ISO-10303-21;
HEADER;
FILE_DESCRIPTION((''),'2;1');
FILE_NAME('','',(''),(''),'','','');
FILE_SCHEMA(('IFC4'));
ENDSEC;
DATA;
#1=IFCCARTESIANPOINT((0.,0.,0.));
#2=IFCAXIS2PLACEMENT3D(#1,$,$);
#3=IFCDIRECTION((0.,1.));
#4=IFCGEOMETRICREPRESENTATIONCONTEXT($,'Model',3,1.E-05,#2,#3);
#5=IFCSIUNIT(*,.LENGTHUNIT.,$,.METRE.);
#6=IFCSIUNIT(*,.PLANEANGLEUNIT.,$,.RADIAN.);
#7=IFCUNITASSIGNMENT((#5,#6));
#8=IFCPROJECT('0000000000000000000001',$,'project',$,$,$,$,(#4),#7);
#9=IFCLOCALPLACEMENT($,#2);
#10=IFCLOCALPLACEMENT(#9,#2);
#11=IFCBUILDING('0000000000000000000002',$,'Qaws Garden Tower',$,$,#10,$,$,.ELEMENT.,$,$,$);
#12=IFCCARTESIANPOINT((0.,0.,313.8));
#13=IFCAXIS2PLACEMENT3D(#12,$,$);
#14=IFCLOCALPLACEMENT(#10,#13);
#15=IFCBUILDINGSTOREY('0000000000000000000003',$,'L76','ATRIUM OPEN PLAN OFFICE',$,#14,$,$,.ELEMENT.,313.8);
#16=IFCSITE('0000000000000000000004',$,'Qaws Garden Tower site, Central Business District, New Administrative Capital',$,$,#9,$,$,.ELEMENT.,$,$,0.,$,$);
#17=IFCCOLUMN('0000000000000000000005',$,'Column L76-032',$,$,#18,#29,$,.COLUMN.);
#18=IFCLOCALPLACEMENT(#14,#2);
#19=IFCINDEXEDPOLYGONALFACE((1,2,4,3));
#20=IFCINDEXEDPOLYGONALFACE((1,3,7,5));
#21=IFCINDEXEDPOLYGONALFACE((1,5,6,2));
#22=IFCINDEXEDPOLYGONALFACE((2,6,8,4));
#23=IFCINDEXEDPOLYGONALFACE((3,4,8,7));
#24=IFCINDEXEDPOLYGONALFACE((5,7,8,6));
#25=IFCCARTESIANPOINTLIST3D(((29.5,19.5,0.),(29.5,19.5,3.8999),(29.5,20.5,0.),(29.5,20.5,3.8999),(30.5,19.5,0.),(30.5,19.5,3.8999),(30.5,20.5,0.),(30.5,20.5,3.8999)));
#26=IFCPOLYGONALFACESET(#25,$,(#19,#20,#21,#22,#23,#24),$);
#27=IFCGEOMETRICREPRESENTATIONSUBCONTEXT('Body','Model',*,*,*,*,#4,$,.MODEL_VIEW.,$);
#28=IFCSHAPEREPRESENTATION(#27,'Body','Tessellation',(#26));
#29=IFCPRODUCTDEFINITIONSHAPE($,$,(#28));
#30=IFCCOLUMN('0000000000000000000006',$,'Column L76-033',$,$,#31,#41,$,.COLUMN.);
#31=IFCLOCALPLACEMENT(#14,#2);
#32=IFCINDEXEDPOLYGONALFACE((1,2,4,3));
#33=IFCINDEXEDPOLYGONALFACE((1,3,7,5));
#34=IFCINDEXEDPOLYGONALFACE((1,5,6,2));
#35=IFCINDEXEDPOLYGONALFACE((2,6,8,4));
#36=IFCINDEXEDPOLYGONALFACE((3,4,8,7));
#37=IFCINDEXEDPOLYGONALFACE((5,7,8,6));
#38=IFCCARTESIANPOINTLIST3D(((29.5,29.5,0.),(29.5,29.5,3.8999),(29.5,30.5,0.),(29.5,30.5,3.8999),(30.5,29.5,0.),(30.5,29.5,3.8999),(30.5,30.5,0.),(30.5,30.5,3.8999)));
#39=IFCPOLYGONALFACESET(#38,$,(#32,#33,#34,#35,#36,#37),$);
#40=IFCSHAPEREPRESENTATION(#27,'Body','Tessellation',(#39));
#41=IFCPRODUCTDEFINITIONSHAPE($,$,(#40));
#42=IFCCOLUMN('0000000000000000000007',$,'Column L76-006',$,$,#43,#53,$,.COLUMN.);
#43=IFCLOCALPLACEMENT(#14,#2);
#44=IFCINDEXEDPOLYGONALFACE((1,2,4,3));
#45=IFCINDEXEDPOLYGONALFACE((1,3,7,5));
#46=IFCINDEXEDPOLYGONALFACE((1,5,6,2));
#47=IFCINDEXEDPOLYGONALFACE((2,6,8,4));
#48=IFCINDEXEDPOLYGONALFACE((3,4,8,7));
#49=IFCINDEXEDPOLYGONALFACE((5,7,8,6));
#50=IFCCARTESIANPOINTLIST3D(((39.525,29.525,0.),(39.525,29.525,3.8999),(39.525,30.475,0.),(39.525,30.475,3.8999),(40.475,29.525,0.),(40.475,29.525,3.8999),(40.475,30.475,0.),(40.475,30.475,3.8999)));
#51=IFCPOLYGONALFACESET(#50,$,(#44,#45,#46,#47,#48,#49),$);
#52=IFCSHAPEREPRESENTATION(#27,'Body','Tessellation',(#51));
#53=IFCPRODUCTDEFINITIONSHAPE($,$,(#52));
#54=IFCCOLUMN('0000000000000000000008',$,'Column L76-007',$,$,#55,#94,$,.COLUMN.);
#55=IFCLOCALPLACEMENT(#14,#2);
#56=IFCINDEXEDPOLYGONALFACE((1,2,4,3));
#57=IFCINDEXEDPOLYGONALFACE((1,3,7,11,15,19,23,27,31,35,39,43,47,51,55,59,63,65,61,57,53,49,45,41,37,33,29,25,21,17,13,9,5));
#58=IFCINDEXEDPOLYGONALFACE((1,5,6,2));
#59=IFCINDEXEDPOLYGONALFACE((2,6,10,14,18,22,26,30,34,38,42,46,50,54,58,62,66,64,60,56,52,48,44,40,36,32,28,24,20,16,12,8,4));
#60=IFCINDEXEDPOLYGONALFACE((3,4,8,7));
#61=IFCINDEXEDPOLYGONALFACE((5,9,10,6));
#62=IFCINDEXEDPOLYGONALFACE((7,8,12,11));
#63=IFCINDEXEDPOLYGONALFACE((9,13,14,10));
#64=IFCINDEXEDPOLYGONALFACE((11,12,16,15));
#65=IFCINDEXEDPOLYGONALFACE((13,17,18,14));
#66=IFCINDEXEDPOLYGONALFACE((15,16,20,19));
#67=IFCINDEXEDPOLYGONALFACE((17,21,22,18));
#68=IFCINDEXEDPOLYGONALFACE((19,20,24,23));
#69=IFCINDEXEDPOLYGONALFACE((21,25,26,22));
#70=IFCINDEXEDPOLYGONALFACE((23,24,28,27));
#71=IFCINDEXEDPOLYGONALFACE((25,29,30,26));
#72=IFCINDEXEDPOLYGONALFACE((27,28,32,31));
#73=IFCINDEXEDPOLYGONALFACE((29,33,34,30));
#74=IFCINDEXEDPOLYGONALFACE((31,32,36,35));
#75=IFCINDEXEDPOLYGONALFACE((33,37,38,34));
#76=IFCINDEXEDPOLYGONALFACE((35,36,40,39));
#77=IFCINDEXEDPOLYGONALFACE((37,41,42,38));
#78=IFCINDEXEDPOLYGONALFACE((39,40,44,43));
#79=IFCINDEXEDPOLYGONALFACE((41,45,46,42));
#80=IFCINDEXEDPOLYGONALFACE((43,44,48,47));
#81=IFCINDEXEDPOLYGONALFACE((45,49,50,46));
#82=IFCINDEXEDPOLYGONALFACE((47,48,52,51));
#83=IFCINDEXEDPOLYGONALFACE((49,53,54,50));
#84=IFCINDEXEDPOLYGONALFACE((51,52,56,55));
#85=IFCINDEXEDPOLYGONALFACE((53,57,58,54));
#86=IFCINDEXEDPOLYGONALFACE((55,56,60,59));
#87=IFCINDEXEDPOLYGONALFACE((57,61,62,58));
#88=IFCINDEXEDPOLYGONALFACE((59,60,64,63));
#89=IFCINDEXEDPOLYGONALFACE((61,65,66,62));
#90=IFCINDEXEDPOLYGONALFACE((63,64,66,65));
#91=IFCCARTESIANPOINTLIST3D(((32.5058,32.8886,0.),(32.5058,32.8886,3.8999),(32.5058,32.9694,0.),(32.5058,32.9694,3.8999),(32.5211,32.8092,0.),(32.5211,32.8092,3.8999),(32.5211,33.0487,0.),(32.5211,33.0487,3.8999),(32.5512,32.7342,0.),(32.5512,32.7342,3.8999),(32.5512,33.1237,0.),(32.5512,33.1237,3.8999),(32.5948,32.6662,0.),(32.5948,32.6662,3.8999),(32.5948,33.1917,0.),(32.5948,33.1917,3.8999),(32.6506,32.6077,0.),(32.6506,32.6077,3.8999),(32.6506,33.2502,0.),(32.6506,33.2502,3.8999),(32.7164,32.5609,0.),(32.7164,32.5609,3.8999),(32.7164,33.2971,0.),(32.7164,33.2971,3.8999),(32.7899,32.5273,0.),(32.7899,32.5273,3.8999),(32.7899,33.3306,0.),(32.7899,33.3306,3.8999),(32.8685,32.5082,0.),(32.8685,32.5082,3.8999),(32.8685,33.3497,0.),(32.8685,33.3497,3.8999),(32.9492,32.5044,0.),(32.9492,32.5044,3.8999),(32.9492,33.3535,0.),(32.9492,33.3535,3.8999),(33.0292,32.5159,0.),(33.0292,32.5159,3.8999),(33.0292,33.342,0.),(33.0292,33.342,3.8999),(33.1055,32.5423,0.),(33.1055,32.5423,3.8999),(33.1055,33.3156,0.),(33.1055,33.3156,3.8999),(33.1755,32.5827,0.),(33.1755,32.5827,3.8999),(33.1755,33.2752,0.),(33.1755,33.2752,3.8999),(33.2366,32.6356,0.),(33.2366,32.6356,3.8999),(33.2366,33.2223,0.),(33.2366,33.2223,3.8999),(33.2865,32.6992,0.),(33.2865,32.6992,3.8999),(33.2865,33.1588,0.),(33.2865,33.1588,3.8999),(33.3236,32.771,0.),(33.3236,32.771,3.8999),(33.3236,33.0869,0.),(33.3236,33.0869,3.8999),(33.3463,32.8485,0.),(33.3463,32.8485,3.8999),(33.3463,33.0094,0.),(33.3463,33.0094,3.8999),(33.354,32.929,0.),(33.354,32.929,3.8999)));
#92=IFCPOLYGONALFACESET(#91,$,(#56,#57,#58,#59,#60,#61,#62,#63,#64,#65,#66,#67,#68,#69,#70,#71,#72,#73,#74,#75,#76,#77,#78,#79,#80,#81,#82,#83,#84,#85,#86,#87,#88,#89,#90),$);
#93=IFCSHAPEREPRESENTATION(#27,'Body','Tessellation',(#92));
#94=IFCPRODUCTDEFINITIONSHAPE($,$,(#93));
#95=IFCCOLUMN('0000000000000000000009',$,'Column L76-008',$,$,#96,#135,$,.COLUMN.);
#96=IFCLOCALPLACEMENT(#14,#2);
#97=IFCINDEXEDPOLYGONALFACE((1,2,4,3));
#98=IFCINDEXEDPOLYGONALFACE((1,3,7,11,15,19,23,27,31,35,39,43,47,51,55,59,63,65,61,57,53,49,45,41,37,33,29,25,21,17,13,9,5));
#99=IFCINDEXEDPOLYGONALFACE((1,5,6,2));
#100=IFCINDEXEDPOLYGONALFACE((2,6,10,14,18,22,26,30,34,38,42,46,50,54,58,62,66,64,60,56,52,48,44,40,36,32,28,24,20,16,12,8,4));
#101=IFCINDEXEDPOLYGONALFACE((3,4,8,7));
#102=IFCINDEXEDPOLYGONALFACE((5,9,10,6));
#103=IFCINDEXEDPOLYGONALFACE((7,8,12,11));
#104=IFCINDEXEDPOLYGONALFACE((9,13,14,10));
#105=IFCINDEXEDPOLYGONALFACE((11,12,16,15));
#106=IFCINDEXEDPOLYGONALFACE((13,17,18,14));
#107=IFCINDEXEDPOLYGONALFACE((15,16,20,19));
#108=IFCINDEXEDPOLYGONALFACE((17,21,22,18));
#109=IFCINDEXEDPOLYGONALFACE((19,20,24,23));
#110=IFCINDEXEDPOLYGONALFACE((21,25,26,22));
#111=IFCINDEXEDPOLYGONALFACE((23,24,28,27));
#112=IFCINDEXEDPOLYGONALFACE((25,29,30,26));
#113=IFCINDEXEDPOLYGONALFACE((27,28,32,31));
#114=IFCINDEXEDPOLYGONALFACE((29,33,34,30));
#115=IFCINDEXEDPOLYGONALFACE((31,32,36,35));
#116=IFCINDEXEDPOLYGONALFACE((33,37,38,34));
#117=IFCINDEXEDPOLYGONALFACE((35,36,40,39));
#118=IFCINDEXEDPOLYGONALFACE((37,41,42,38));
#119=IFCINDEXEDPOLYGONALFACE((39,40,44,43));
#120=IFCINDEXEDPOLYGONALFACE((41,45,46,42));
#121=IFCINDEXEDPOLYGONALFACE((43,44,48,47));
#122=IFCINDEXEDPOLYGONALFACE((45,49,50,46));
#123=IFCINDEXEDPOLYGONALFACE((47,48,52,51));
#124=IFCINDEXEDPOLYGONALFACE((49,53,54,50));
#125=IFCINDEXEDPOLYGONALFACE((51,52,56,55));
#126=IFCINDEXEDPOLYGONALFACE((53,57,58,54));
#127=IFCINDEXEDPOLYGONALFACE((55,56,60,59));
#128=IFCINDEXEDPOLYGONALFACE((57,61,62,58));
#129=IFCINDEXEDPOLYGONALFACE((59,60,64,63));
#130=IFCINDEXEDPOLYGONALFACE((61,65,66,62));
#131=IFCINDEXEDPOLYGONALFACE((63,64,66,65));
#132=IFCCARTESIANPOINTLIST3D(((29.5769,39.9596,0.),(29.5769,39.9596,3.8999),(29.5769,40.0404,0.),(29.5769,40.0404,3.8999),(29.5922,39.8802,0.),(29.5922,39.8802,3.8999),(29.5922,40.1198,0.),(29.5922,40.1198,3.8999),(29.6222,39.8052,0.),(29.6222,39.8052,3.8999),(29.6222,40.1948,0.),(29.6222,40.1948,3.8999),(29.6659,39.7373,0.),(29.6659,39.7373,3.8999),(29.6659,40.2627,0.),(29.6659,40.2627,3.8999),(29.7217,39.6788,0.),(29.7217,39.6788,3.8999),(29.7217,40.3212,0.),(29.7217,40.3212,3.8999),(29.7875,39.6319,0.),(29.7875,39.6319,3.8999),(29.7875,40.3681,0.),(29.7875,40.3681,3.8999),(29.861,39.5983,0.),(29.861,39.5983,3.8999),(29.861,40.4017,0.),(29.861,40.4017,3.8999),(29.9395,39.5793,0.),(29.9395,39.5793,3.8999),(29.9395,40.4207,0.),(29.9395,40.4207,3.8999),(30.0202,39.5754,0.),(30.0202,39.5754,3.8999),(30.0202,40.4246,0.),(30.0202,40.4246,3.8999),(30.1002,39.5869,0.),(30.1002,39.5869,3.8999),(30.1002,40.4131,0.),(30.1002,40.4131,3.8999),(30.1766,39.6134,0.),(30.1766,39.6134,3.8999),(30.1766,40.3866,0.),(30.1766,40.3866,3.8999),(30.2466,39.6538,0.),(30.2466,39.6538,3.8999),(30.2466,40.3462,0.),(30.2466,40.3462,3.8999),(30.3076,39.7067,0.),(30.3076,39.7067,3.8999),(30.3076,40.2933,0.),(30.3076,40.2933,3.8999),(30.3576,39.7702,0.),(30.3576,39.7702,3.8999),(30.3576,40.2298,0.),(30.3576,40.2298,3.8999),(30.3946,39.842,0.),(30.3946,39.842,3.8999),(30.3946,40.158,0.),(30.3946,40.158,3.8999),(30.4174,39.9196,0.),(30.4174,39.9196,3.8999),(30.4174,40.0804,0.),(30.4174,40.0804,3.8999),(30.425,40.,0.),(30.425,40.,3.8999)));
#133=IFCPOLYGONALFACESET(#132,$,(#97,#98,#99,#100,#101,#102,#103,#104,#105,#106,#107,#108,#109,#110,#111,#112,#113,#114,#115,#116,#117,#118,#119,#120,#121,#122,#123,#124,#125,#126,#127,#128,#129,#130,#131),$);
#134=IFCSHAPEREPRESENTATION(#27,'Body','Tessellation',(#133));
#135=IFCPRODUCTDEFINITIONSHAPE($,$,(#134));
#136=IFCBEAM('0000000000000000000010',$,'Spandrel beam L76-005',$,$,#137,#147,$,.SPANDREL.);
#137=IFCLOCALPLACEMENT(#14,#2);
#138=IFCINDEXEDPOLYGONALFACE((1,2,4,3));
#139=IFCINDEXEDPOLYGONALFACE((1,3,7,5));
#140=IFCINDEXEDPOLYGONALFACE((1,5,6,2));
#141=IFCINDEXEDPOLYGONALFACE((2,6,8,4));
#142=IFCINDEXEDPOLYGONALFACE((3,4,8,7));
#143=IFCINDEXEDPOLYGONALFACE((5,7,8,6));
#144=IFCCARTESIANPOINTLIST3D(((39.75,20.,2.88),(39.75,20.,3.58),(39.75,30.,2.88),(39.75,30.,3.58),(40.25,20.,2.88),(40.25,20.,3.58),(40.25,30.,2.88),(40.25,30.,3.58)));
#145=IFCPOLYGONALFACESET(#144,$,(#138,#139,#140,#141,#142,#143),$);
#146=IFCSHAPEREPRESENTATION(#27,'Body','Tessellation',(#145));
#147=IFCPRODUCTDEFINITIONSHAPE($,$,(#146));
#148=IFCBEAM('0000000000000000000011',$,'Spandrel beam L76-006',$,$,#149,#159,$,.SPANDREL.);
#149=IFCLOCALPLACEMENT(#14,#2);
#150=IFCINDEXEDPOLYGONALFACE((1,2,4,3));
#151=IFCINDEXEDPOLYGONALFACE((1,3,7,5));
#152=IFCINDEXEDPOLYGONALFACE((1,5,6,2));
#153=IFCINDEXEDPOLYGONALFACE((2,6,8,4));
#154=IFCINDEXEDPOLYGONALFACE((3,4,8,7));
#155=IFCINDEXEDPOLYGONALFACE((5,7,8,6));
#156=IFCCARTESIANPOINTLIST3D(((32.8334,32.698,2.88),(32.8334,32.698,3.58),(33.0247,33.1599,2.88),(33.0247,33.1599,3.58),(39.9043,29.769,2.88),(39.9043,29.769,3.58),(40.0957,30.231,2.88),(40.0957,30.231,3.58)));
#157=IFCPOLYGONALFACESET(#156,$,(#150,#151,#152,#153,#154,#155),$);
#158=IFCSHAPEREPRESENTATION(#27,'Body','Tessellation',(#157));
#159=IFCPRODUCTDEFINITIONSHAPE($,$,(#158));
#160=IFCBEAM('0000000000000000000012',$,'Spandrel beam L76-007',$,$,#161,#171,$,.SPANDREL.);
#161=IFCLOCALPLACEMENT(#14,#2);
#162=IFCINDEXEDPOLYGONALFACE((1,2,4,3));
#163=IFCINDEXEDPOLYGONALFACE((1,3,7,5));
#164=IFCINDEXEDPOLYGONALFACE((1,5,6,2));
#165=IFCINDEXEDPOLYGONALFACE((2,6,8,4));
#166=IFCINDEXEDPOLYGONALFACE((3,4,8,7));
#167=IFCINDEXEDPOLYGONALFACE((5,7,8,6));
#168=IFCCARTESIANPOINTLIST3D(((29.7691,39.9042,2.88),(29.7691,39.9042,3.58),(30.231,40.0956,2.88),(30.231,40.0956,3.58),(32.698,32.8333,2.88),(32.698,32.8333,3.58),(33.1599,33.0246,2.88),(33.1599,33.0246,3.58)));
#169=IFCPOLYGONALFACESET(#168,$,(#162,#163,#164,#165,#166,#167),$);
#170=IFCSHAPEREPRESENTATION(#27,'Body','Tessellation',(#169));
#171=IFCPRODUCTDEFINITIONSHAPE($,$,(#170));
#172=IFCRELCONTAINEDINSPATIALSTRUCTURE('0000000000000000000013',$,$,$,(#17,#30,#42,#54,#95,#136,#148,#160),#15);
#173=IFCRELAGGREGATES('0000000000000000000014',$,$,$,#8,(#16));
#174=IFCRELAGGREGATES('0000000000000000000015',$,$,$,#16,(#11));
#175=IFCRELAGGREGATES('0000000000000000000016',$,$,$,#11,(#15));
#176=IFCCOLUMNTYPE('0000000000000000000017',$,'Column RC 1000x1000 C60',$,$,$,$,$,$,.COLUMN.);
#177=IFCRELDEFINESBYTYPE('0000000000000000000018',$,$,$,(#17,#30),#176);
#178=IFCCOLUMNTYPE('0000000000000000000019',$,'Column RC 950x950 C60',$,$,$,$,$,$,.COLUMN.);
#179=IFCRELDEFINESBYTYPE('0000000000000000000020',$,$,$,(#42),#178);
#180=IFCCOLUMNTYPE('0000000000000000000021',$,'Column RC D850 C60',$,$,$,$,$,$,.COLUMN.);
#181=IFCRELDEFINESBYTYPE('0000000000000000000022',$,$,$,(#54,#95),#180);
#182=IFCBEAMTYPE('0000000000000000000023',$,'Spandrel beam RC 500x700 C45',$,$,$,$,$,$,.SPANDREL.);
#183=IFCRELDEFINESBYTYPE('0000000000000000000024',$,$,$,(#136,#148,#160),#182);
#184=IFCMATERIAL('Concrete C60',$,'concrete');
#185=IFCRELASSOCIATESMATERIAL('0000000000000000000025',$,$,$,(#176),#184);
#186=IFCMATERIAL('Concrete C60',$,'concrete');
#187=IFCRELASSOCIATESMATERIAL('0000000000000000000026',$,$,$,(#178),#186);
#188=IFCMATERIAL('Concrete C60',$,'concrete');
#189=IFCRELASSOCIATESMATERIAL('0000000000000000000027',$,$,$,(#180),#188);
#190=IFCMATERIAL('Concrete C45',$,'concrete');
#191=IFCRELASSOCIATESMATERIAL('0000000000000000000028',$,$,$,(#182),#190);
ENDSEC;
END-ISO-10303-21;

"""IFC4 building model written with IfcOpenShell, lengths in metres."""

from ifc_helpers import new_model, si_unit, direction, frame, origin, origin_2d, place, context, subcontext, project, spatial, rectangle, circle, extrude, material, material_profile, profile_set, type_object, element, save


model = new_model("IFC4")

# Units and contexts
model_context = context("Model", 3, precision=1e-05, world=origin(), true_north=direction((0.0, 1.0)))
body_context = subcontext(model_context, "Body", "Model", "MODEL_VIEW")
ifc_project = project(units=[si_unit("LENGTHUNIT", "METRE"), si_unit("PLANEANGLEUNIT", "RADIAN")], contexts=[model_context])

# Site, building, storey
site_placement = place(None, origin())
site = spatial("IfcSite", under=ifc_project, at=site_placement, Name="Qaws Garden Tower site, Central Business District, New Administrative Capital", CompositionType="ELEMENT", RefElevation=0.0)
building_placement = place(site_placement, origin())
building = spatial("IfcBuilding", under=site, at=building_placement, Name="Qaws Garden Tower", CompositionType="ELEMENT")
storey_placement = place(building_placement, frame((0.0, 0.0, 313.8)))
storey = spatial("IfcBuildingStorey", under=building, at=storey_placement, Name="L76", Description="ATRIUM OPEN PLAN OFFICE", CompositionType="ELEMENT", Elevation=313.8)

# Columns
ifc_material_1 = material(Name="Concrete C60", Category="concrete")
ifc_material_profile_1 = material_profile(ifc_material_1, rectangle(XDim=1.0, YDim=1.0, at=origin_2d()), Name="RC 1000x1000")
ifc_profile_set_1 = profile_set([ifc_material_profile_1], Name="Concrete C60")
column_type_1 = type_object("IfcColumnType", Name="Column RC 1000x1000 C60", PredefinedType="COLUMN", material=ifc_profile_set_1)
for number, where, z_axis, x_axis, name in (
    (1, (30.0, 20.0, 0.0), (0.0, 0.0, 1.0), (1.0, 0.0, 0.0), "Column L76-032"),
    (2, (30.0, 30.0, 0.0), (0.0, 0.0, 1.0), (1.0, 0.0, 0.0), "Column L76-033"),
):
    element("IfcColumn", number, at=place(storey_placement, frame(where, z_axis=z_axis, x_axis=x_axis)), inside=storey, type_object=column_type_1, Name=name, PredefinedType="COLUMN", context=body_context, shape_type="SweptSolid", body=[
        extrude(rectangle(XDim=1.0, YDim=1.0, at=origin_2d()), origin(), (0.0, 0.0, 1.0), 3.8999),
    ])
ifc_material_2 = material(Name="Concrete C60", Category="concrete")
ifc_material_profile_2 = material_profile(ifc_material_2, rectangle(XDim=0.95, YDim=0.95, at=origin_2d()), Name="RC 950x950")
ifc_profile_set_2 = profile_set([ifc_material_profile_2], Name="Concrete C60")
column_type_2 = type_object("IfcColumnType", Name="Column RC 950x950 C60", PredefinedType="COLUMN", material=ifc_profile_set_2)
column_placement = place(storey_placement, frame((40.0, 30.0, 0.0), z_axis=(0.0, 0.0, 1.0), x_axis=(1.0, 0.0, 0.0)))
element("IfcColumn", 3, at=column_placement, inside=storey, type_object=column_type_2, Name="Column L76-006", PredefinedType="COLUMN", context=body_context, shape_type="SweptSolid", body=[
    extrude(rectangle(XDim=0.95, YDim=0.95, at=origin_2d()), origin(), (0.0, 0.0, 1.0), 3.8999),
])
ifc_material_3 = material(Name="Concrete C60", Category="concrete")
ifc_material_profile_3 = material_profile(ifc_material_3, circle(Radius=0.425, at=origin_2d()), Name="RC D850")
ifc_profile_set_3 = profile_set([ifc_material_profile_3], Name="Concrete C60")
column_type_3 = type_object("IfcColumnType", Name="Column RC D850 C60", PredefinedType="COLUMN", material=ifc_profile_set_3)
for number, where, z_axis, x_axis, name in (
    (4, (32.929, 32.929, 0.0), (0.0, 0.0, 1.0), (1.0, 0.0, 0.0), "Column L76-007"),
    (5, (30.0, 40.0, 0.0), (0.0, 0.0, 1.0), (1.0, 0.0, 0.0), "Column L76-008"),
):
    element("IfcColumn", number, at=place(storey_placement, frame(where, z_axis=z_axis, x_axis=x_axis)), inside=storey, type_object=column_type_3, Name=name, PredefinedType="COLUMN", context=body_context, shape_type="SweptSolid", body=[
        extrude(circle(Radius=0.425, at=origin_2d()), origin(), (0.0, 0.0, 1.0), 3.8999),
    ])

# Beams
ifc_material_4 = material(Name="Concrete C45", Category="concrete")
ifc_material_profile_4 = material_profile(ifc_material_4, rectangle(XDim=0.5, YDim=0.7, at=origin_2d()), Name="RC 500x700")
ifc_profile_set_4 = profile_set([ifc_material_profile_4], Name="Concrete C45")
beam_type = type_object("IfcBeamType", Name="Spandrel beam RC 500x700 C45", PredefinedType="SPANDREL", material=ifc_profile_set_4)
beam_placement = place(storey_placement, frame((40.0, 20.0, 3.23), z_axis=(0.0, 1.0, 0.0), x_axis=(-1.0, 0.0, 0.0)))
element("IfcBeam", 6, at=beam_placement, inside=storey, type_object=beam_type, Name="Spandrel beam L76-005", PredefinedType="SPANDREL", context=body_context, shape_type="SweptSolid", body=[
    extrude(rectangle(XDim=0.5, YDim=0.7, at=origin_2d()), origin(), (0.0, 0.0, 1.0), 10.0),
])
for number, where, z_axis, x_axis, name in (
    (7, (40.0, 30.0, 3.23), (-0.923878, 0.382687, 0.0), (-0.382687, -0.923878, 0.0), "Spandrel beam L76-006"),
    (8, (32.929, 32.929, 3.23), (-0.382687, 0.923878, 0.0), (-0.923878, -0.382687, 0.0), "Spandrel beam L76-007"),
):
    element("IfcBeam", number, at=place(storey_placement, frame(where, z_axis=z_axis, x_axis=x_axis)), inside=storey, type_object=beam_type, Name=name, PredefinedType="SPANDREL", context=body_context, shape_type="SweptSolid", body=[
        extrude(rectangle(XDim=0.5, YDim=0.7, at=origin_2d()), origin(), (0.0, 0.0, 1.0), 7.6536),
    ])

save(model, "model.ifc")
